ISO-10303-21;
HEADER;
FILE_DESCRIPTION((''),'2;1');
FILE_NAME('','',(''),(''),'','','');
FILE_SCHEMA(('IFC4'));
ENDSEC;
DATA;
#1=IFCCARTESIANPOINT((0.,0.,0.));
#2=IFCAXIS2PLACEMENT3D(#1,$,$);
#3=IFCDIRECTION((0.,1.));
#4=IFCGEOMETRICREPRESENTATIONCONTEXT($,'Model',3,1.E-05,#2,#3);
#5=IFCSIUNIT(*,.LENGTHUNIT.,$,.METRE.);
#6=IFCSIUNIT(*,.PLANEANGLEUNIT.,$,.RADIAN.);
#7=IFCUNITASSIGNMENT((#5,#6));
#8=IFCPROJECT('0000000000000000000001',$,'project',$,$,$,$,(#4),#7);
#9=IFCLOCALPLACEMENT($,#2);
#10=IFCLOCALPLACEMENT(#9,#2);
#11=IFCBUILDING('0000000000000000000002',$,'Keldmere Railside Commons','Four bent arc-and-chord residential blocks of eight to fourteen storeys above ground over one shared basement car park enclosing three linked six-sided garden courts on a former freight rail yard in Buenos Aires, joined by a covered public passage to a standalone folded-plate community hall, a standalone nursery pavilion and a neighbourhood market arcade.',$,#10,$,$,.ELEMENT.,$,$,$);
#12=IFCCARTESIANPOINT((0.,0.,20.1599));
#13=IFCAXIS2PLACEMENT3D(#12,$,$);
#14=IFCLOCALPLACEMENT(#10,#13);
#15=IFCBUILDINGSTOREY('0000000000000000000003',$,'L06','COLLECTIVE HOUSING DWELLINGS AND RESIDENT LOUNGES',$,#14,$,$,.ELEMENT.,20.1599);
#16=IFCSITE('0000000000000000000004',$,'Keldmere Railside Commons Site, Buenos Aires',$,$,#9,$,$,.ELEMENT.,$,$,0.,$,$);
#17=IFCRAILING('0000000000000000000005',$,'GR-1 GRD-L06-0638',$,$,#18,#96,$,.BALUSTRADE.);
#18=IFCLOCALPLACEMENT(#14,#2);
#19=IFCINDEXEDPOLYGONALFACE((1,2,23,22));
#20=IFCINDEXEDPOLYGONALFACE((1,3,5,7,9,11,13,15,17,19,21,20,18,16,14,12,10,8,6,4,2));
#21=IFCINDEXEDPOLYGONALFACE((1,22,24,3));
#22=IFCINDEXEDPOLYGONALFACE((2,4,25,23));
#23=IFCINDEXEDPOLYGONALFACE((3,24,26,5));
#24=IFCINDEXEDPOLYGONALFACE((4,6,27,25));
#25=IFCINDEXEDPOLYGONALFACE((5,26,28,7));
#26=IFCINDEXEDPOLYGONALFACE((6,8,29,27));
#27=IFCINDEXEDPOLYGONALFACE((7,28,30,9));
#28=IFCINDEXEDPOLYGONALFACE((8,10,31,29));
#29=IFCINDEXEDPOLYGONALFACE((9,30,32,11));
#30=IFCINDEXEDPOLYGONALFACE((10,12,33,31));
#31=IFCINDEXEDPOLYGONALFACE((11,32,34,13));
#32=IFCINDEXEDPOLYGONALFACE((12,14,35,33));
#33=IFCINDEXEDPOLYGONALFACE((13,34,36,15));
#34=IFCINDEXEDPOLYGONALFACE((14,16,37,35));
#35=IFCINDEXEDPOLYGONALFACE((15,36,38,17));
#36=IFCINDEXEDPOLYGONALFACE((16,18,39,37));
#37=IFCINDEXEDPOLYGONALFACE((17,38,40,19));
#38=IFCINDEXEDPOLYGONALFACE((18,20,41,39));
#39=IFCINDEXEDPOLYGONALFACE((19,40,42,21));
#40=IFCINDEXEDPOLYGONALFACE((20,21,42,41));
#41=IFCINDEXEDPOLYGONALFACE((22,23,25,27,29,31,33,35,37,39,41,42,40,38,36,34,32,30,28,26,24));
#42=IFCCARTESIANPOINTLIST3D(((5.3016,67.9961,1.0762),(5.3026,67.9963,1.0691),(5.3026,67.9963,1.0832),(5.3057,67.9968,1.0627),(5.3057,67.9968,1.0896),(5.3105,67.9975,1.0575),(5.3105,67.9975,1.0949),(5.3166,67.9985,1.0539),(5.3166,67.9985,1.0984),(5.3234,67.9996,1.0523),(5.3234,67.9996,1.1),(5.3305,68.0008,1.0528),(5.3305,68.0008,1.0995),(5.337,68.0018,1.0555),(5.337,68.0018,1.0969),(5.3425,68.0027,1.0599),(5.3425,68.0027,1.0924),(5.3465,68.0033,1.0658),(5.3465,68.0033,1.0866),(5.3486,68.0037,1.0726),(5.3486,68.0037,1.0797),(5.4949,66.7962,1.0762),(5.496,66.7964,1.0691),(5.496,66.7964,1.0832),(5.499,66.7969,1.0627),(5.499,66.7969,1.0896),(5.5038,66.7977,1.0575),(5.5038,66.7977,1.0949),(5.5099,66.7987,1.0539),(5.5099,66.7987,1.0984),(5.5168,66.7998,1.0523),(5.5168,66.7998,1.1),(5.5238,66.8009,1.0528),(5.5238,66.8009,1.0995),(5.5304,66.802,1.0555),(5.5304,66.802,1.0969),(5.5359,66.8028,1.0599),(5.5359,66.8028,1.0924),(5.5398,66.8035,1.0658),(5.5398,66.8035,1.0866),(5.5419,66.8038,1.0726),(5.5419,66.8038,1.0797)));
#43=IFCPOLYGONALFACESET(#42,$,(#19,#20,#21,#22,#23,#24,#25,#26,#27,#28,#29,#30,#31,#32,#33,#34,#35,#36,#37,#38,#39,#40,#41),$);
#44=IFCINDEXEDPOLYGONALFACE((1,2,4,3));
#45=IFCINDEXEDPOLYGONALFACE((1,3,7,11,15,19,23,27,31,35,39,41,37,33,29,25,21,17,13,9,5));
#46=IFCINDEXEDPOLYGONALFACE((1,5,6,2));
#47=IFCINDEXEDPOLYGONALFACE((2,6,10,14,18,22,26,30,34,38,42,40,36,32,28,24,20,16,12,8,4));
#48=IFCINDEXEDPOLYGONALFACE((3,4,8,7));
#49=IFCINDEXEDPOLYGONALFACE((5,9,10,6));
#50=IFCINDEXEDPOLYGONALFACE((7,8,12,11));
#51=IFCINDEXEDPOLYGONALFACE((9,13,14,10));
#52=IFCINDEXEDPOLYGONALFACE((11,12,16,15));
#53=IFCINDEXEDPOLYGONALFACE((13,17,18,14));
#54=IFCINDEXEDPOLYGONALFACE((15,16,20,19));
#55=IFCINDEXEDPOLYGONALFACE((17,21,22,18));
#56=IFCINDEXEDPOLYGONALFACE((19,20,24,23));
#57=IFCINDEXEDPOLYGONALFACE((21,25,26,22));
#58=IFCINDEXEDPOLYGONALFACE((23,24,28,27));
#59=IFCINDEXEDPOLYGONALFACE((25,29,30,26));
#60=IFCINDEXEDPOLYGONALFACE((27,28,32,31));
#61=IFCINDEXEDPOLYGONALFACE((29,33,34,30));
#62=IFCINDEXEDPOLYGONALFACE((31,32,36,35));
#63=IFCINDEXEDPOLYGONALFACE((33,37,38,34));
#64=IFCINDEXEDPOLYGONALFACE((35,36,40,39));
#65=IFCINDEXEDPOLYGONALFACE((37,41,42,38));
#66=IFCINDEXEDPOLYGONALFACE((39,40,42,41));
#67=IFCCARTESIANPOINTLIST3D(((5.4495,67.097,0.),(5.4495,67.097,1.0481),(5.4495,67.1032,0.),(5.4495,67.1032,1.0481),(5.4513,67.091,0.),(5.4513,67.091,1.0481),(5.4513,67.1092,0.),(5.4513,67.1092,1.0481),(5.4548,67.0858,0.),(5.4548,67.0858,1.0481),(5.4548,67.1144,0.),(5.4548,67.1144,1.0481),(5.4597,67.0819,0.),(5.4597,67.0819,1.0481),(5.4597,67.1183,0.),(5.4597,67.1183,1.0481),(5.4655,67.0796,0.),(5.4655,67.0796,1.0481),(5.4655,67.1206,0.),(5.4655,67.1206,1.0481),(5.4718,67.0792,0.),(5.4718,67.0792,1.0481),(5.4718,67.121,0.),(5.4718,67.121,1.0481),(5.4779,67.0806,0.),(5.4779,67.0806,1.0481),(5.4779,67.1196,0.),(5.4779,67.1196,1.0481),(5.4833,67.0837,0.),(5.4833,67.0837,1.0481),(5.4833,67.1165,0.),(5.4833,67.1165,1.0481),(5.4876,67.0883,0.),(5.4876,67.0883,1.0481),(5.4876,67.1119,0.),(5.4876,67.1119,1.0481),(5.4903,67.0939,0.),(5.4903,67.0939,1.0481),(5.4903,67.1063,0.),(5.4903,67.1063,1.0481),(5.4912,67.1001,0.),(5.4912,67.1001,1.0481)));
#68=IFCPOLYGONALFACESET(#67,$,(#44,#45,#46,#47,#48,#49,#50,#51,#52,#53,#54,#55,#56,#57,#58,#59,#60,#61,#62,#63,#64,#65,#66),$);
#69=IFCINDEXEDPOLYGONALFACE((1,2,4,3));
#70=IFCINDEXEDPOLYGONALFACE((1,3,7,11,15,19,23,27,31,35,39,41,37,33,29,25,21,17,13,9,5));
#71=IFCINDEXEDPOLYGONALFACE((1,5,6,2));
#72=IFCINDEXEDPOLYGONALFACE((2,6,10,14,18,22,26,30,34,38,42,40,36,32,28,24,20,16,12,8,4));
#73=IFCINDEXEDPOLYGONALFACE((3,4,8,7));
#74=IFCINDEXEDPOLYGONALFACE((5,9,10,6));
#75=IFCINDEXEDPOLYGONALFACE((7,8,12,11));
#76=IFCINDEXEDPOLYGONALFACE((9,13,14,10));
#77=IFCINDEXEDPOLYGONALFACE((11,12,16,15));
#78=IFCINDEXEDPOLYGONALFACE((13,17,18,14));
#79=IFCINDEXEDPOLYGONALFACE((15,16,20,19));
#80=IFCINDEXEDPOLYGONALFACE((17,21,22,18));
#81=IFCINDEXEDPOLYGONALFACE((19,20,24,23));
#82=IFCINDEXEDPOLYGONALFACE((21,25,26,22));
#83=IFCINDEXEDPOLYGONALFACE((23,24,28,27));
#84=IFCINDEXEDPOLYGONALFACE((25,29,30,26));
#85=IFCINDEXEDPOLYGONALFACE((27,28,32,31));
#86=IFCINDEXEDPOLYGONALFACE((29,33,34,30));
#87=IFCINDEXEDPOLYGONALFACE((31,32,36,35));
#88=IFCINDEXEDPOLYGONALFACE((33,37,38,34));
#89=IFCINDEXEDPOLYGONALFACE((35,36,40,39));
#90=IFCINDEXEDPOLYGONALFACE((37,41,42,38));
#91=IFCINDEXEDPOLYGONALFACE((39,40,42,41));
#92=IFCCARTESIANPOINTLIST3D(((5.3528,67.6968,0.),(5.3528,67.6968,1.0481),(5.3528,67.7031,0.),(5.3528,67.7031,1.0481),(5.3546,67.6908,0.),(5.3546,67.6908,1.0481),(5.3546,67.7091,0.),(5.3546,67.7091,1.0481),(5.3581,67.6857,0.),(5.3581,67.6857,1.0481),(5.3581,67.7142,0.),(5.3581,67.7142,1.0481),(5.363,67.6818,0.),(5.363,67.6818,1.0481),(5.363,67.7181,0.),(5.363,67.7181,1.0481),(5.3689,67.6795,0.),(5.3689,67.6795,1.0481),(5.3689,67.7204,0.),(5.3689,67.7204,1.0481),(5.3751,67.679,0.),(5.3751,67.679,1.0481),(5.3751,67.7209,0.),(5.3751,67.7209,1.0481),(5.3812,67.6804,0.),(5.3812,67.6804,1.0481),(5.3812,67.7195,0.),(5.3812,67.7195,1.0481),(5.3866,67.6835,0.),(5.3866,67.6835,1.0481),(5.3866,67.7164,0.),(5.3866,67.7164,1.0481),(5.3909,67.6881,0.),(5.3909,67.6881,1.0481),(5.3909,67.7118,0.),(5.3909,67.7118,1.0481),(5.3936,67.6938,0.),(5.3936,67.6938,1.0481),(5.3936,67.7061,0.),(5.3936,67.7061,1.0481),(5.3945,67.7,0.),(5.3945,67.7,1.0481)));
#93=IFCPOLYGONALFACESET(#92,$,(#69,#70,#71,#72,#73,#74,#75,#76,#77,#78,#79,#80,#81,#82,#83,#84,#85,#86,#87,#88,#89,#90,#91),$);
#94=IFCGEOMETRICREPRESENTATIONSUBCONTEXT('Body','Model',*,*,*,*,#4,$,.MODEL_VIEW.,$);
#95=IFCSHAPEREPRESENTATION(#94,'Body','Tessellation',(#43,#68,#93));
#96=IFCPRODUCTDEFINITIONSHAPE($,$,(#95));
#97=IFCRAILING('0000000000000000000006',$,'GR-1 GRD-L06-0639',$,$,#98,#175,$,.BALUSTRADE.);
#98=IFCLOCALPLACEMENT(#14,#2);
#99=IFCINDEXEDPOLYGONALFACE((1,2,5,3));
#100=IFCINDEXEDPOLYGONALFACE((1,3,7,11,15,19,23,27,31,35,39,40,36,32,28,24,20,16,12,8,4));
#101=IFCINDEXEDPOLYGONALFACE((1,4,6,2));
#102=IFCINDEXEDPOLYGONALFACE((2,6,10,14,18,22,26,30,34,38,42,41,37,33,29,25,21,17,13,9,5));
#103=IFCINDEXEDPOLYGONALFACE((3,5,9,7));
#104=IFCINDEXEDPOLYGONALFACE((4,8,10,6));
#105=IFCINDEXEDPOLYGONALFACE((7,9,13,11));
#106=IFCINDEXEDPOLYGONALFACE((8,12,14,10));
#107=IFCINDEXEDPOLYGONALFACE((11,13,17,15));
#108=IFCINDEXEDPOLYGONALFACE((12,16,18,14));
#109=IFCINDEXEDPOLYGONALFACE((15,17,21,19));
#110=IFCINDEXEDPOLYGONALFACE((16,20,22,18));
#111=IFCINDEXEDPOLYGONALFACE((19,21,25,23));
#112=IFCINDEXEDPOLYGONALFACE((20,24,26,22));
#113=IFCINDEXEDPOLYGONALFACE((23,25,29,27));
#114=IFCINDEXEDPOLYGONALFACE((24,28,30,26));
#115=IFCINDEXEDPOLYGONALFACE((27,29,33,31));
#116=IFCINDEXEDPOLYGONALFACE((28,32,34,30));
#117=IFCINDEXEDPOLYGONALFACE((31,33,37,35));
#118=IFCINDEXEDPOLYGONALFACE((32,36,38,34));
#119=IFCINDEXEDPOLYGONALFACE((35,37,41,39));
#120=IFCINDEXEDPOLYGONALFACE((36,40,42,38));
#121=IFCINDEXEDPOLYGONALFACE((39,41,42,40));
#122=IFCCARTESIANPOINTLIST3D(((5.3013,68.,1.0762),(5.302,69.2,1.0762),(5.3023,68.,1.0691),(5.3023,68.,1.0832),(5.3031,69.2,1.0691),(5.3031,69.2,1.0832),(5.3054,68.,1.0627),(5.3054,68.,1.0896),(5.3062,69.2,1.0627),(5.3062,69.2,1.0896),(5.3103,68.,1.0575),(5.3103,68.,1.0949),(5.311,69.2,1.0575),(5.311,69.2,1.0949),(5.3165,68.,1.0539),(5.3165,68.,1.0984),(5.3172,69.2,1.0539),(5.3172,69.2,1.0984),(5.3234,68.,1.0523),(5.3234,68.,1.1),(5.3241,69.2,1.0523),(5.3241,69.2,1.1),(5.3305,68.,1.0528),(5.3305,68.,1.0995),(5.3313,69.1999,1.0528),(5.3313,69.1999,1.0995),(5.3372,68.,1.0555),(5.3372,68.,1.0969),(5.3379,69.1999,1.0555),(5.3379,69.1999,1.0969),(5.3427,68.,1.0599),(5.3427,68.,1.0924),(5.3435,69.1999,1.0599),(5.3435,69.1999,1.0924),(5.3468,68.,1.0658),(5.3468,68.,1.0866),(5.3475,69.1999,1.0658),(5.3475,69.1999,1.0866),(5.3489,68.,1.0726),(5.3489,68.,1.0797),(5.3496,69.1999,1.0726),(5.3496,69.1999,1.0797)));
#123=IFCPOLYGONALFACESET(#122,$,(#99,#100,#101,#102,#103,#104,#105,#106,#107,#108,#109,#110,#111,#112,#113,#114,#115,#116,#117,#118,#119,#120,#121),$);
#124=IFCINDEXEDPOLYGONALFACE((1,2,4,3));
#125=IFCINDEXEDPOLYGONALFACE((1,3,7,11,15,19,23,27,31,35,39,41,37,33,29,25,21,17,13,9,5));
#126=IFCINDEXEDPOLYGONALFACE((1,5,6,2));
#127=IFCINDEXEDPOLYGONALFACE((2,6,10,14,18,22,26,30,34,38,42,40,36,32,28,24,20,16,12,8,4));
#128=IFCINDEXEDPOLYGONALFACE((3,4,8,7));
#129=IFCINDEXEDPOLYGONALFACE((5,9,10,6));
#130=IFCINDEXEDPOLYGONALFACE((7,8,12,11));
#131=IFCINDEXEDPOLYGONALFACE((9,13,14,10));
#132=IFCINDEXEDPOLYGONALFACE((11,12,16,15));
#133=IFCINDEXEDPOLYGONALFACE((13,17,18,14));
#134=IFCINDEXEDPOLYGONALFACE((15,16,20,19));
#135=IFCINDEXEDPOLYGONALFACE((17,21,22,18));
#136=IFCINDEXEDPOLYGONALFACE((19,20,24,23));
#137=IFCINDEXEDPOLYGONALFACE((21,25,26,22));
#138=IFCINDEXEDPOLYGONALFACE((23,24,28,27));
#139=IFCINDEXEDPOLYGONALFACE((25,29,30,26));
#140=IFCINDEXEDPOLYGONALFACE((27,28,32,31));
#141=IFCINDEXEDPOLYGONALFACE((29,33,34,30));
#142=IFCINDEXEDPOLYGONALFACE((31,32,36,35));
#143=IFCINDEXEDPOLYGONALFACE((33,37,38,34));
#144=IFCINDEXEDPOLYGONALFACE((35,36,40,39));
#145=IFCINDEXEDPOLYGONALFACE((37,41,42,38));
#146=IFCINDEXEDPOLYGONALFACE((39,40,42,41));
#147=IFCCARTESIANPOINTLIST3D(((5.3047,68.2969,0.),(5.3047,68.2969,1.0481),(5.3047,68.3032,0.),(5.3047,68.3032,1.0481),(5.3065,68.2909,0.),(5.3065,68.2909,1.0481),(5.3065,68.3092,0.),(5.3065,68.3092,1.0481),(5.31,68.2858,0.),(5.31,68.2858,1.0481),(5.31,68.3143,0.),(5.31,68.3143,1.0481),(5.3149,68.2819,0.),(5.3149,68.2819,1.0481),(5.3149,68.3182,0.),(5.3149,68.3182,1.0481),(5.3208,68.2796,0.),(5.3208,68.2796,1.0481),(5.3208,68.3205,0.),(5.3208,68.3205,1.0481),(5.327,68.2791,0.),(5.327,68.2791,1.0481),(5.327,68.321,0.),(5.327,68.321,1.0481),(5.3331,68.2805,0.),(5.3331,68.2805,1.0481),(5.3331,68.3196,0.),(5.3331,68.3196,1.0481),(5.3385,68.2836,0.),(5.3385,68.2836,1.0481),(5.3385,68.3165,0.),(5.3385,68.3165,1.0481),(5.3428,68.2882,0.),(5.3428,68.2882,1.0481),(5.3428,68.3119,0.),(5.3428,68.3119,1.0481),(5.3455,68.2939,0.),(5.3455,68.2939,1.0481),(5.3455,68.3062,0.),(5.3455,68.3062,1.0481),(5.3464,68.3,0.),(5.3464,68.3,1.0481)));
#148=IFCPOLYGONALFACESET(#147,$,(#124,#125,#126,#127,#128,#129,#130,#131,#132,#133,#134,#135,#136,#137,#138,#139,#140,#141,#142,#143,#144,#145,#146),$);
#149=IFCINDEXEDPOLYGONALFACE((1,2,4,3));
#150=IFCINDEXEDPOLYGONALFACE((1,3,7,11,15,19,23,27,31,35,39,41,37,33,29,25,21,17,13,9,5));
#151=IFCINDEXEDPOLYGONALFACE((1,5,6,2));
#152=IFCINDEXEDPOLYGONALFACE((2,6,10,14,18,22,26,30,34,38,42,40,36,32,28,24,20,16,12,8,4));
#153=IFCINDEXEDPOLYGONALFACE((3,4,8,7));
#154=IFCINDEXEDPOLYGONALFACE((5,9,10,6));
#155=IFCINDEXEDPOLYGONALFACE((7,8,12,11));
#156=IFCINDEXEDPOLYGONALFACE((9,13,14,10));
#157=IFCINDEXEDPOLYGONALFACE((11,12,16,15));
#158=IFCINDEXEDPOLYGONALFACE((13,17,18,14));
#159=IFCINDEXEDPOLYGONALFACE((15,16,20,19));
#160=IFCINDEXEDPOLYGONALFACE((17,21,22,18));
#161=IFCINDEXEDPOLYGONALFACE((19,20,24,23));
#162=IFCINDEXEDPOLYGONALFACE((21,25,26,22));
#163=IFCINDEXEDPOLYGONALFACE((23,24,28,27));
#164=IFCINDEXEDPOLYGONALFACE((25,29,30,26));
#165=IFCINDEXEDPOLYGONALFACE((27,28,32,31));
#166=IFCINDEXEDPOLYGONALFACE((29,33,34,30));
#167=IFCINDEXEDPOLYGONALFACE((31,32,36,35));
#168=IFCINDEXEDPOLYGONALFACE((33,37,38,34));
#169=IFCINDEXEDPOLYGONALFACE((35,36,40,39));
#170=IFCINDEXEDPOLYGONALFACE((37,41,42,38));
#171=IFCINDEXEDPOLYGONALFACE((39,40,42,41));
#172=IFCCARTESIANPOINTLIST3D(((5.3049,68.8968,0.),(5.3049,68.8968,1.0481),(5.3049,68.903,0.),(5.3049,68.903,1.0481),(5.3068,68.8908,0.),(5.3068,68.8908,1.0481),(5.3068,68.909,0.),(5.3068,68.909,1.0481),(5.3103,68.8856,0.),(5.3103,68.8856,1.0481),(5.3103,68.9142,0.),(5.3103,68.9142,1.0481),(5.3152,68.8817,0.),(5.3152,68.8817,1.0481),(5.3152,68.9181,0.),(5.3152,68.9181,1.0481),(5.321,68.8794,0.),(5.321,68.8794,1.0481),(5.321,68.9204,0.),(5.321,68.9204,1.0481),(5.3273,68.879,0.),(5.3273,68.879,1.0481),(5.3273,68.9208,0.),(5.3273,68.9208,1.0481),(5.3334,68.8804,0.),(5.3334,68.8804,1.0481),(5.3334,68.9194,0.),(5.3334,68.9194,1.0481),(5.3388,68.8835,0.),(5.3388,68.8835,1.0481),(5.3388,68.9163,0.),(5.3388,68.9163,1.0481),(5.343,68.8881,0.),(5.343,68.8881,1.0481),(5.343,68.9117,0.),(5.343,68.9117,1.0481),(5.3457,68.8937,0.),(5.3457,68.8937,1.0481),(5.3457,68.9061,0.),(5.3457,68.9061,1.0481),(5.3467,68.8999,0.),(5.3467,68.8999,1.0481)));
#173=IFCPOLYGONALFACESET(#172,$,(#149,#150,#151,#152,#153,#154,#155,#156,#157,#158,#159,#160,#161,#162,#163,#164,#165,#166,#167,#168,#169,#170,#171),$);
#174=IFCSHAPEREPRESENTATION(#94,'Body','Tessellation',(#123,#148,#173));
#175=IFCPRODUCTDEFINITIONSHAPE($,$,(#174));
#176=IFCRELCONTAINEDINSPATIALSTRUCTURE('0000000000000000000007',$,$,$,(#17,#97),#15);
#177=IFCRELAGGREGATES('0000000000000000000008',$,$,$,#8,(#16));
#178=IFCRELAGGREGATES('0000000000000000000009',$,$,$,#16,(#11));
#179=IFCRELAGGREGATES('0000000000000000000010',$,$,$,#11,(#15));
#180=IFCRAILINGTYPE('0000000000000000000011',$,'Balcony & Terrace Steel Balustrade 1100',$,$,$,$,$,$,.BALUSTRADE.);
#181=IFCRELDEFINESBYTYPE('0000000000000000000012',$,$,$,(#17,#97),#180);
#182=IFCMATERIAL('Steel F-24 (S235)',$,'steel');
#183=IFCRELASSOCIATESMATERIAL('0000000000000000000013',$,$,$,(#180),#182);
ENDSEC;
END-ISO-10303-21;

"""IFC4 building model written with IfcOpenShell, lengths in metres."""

from ifc_helpers import new_model, si_unit, direction, frame, origin, origin_2d, place, context, subcontext, project, spatial, circle, extrude, material, type_object, element, save


model = new_model("IFC4")

# Units and contexts
model_context = context("Model", 3, precision=1e-05, world=origin(), true_north=direction((0.0, 1.0)))
body_context = subcontext(model_context, "Body", "Model", "MODEL_VIEW")
ifc_project = project(units=[si_unit("LENGTHUNIT", "METRE"), si_unit("PLANEANGLEUNIT", "RADIAN")], contexts=[model_context])

# Site, building, storey
site_placement = place(None, origin())
site = spatial("IfcSite", under=ifc_project, at=site_placement, Name="Keldmere Railside Commons Site, Buenos Aires", CompositionType="ELEMENT", RefElevation=0.0)
building_placement = place(site_placement, origin())
building = spatial("IfcBuilding", under=site, at=building_placement, Name="Keldmere Railside Commons", Description="Four bent arc-and-chord residential blocks of eight to fourteen storeys above ground over one shared basement car park enclosing three linked six-sided garden courts on a former freight rail yard in Buenos Aires, joined by a covered public passage to a standalone folded-plate community hall, a standalone nursery pavilion and a neighbourhood market arcade.", CompositionType="ELEMENT")
storey_placement = place(building_placement, frame((0.0, 0.0, 20.1599)))
storey = spatial("IfcBuildingStorey", under=building, at=storey_placement, Name="L06", Description="COLLECTIVE HOUSING DWELLINGS AND RESIDENT LOUNGES", CompositionType="ELEMENT", Elevation=20.1599)

# Shared definitions
ifc_material_1 = material(Name="Steel F-24 (S235)", Category="steel")

# Railings
railing_type_1 = type_object("IfcRailingType", Name="Balcony & Terrace Steel Balustrade 1100", PredefinedType="BALUSTRADE", material=ifc_material_1)
railing_1_placement = place(storey_placement, frame((5.5186, 66.8, 0.0)))
element("IfcRailing", 1, at=railing_1_placement, inside=storey, type_object=railing_type_1, Name="GR-1 GRD-L06-0638", PredefinedType="BALUSTRADE", context=body_context, shape_type="SweptSolid", body=[
    extrude(circle(Radius=0.0239, at=origin_2d()), frame((0.0, 0.0, 1.0762), z_axis=(-0.159087, 0.987265, 0.0), x_axis=(-0.987265, -0.159087, 0.0)), (0.0, 0.0, 1.0), 1.2153),
    extrude(circle(Radius=0.021, at=origin_2d()), frame((-0.0483, 0.3, 0.0)), (0.0, 0.0, 1.0), 1.0481),
    extrude(circle(Radius=0.021, at=origin_2d()), frame((-0.145, 0.8999, 0.0)), (0.0, 0.0, 1.0), 1.0481),
])
railing_2_placement = place(storey_placement, frame((5.3252, 68.0, 0.0)))
element("IfcRailing", 2, at=railing_2_placement, inside=storey, type_object=railing_type_1, Name="GR-1 GRD-L06-0639", PredefinedType="BALUSTRADE", context=body_context, shape_type="SweptSolid", body=[
    extrude(circle(Radius=0.0239, at=origin_2d()), frame((0.0, 0.0, 1.0762), z_axis=(0.00061, 1.0, 0.0), x_axis=(-1.0, 0.00061, 0.0)), (0.0, 0.0, 1.0), 1.2),
    extrude(circle(Radius=0.021, at=origin_2d()), frame((0.0002, 0.3, 0.0)), (0.0, 0.0, 1.0), 1.0481),
    extrude(circle(Radius=0.021, at=origin_2d()), frame((0.0005, 0.8999, 0.0)), (0.0, 0.0, 1.0), 1.0481),
])

save(model, "model.ifc")
